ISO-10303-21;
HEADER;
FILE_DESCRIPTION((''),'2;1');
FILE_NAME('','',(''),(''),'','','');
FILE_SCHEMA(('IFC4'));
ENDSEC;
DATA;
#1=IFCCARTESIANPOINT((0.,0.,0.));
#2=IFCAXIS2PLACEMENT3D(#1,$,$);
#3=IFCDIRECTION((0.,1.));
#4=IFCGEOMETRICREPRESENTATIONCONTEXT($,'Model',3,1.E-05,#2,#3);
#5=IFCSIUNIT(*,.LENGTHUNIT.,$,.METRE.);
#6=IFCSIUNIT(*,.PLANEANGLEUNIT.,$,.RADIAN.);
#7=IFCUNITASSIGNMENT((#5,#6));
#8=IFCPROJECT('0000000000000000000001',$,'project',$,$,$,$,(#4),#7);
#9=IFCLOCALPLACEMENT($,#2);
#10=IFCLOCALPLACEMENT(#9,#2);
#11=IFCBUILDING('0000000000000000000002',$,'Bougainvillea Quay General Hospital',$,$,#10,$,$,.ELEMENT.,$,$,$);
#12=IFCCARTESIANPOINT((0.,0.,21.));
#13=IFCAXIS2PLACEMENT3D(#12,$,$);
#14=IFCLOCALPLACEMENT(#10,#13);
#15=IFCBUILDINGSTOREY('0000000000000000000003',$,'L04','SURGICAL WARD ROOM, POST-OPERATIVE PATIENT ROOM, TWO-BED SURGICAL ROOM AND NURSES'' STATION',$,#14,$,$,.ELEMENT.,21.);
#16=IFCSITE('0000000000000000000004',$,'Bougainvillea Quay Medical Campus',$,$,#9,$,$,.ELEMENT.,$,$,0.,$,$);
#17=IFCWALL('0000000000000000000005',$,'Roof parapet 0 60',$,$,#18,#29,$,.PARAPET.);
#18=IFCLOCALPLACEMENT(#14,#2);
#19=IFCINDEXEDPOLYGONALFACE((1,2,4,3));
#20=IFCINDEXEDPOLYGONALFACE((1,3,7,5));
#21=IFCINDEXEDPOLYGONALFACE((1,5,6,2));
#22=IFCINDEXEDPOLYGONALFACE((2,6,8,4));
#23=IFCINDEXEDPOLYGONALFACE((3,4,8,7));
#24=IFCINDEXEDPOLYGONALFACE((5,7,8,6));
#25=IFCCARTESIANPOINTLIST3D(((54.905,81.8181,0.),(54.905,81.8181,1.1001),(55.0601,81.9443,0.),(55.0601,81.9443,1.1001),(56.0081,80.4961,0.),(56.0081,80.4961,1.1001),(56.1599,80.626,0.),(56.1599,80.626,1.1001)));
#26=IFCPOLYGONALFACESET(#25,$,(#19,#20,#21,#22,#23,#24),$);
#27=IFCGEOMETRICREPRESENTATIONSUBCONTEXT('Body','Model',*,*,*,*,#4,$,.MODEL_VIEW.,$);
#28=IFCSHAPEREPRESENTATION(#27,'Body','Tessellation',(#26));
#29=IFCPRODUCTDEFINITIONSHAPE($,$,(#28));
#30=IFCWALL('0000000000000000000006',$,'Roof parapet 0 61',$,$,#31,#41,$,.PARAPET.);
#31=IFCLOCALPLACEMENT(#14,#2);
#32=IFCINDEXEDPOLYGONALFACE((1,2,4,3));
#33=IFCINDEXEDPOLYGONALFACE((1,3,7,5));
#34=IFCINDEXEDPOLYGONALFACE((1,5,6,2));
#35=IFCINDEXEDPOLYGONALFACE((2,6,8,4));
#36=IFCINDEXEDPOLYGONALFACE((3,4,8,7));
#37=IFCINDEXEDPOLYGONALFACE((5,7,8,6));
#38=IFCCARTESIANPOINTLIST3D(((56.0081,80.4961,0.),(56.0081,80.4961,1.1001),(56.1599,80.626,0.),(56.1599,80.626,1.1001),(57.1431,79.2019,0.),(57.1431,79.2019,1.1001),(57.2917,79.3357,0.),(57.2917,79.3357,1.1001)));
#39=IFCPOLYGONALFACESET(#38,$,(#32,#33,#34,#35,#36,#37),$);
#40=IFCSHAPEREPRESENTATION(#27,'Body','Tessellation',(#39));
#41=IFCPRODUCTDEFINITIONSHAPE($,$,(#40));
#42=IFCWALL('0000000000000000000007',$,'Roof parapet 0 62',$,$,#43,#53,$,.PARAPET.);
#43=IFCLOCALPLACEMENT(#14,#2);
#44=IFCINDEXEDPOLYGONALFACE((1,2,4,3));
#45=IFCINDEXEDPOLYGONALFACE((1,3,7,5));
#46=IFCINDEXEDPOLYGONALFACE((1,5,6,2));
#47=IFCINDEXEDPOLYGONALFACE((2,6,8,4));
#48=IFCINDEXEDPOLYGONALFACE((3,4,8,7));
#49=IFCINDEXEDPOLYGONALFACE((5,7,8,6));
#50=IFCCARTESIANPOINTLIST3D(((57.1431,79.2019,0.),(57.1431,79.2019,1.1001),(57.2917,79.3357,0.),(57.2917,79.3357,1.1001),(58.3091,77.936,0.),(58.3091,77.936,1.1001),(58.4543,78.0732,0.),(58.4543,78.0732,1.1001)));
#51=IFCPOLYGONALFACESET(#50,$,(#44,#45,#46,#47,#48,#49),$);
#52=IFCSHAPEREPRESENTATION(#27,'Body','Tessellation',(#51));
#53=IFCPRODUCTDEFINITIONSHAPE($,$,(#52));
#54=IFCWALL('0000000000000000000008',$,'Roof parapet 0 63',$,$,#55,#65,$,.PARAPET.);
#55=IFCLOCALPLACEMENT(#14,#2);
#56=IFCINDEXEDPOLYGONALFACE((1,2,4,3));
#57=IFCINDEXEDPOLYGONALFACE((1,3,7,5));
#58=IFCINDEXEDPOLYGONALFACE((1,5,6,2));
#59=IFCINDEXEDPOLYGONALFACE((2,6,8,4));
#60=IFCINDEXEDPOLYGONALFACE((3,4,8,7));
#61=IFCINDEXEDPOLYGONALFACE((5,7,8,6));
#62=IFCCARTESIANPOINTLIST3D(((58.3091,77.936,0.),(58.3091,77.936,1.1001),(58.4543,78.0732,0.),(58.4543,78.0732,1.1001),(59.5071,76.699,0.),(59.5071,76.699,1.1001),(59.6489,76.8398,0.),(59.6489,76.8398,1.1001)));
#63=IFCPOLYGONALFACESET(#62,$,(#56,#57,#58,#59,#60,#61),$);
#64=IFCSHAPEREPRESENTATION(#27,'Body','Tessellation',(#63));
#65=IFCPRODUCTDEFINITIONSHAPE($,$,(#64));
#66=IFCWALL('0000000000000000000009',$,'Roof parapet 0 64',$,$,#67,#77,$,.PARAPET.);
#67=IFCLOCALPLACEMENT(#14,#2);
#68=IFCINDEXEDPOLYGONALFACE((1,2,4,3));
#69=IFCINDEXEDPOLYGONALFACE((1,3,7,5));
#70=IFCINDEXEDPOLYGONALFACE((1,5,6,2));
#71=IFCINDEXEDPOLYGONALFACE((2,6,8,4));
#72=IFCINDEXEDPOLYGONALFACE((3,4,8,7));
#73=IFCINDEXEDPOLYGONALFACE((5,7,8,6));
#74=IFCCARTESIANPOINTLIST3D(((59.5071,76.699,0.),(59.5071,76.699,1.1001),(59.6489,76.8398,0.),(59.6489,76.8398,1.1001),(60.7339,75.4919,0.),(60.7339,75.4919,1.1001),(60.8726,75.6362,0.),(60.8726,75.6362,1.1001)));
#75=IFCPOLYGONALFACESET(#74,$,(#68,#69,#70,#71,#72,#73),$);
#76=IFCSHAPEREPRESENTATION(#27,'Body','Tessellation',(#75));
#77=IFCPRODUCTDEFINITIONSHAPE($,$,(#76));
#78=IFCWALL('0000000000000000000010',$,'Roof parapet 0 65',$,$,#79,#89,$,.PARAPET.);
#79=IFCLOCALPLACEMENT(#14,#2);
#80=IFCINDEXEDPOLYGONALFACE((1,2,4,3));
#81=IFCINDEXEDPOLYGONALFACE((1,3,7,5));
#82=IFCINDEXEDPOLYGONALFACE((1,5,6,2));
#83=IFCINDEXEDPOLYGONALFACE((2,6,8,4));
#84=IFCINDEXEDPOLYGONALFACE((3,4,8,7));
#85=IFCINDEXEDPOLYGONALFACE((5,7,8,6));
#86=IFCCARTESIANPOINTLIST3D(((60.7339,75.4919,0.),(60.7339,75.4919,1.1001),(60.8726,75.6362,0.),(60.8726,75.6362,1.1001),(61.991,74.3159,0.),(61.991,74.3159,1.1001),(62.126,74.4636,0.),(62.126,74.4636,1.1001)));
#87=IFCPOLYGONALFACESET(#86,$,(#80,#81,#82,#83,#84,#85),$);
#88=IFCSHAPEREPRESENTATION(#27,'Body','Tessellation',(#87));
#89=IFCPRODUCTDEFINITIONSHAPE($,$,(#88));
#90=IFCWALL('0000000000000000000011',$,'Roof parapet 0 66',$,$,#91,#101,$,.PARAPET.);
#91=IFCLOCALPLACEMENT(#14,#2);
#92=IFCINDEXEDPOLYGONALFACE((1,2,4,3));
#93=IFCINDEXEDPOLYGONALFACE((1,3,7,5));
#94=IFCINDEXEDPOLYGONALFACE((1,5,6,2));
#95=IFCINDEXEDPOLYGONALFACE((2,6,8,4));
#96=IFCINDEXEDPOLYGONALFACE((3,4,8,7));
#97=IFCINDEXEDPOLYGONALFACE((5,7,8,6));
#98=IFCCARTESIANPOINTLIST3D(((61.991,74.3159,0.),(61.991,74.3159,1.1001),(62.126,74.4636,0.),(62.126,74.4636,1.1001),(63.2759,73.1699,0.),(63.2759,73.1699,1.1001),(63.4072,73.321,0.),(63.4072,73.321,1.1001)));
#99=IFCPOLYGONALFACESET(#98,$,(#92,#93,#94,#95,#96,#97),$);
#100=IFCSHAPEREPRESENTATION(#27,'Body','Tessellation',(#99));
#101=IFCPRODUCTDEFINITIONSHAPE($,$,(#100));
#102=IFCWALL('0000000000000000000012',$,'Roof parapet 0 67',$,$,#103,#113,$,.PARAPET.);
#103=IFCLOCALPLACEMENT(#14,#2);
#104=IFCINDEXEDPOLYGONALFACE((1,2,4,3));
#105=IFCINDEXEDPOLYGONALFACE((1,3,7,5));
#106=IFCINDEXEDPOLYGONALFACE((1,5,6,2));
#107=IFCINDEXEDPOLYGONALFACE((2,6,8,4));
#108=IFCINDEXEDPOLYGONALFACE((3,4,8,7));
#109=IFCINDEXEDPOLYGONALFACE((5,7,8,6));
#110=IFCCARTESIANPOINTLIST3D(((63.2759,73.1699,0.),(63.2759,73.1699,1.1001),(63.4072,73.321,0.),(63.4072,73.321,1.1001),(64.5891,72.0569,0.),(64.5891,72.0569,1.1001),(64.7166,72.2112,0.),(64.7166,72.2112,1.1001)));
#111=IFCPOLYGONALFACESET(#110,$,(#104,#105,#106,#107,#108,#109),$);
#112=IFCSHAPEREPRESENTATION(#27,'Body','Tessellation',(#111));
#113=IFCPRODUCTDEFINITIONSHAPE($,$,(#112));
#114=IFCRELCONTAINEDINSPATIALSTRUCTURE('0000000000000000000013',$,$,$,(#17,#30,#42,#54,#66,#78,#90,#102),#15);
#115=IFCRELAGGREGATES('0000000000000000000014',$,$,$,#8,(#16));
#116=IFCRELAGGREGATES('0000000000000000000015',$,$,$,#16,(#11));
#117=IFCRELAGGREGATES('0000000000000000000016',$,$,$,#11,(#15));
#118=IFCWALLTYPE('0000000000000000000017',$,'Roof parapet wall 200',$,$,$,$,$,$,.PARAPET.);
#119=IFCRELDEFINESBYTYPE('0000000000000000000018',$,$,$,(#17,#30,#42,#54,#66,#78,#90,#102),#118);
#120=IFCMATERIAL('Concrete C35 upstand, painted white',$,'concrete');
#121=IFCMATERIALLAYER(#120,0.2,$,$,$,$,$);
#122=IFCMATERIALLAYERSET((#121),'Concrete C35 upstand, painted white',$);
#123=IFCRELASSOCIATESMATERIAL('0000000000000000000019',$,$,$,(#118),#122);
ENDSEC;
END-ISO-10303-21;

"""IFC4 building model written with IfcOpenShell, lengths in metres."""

from ifc_helpers import new_model, si_unit, direction, frame, origin, place, context, subcontext, project, spatial, polyline, outline, extrude, material, layer, layer_set, type_object, element, save


model = new_model("IFC4")

# Units and contexts
model_context = context("Model", 3, precision=1e-05, world=origin(), true_north=direction((0.0, 1.0)))
body_context = subcontext(model_context, "Body", "Model", "MODEL_VIEW")
ifc_project = project(units=[si_unit("LENGTHUNIT", "METRE"), si_unit("PLANEANGLEUNIT", "RADIAN")], contexts=[model_context])

# Site, building, storey
site_placement = place(None, origin())
site = spatial("IfcSite", under=ifc_project, at=site_placement, Name="Bougainvillea Quay Medical Campus", CompositionType="ELEMENT", RefElevation=0.0)
building_placement = place(site_placement, origin())
building = spatial("IfcBuilding", under=site, at=building_placement, Name="Bougainvillea Quay General Hospital", CompositionType="ELEMENT")
storey_placement = place(building_placement, frame((0.0, 0.0, 21.0)))
storey = spatial("IfcBuildingStorey", under=building, at=storey_placement, Name="L04", Description="SURGICAL WARD ROOM, POST-OPERATIVE PATIENT ROOM, TWO-BED SURGICAL ROOM AND NURSES' STATION", CompositionType="ELEMENT", Elevation=21.0)

# Walls
ifc_material = material(Name="Concrete C35 upstand, painted white", Category="concrete")
ifc_layer = layer(ifc_material, 0.2)
ifc_layer_set = layer_set([ifc_layer], Name="Concrete C35 upstand, painted white")
wall_type = type_object("IfcWallType", Name="Roof parapet wall 200", PredefinedType="PARAPET", material=ifc_layer_set)
wall_1_placement = place(storey_placement, origin())
element("IfcWall", 1, at=wall_1_placement, inside=storey, type_object=wall_type, Name="Roof parapet 0 60", PredefinedType="PARAPET", context=body_context, shape_type="SweptSolid", body=[
    extrude(outline(polyline([(56.1599, 80.626), (56.0081, 80.4961), (54.905, 81.8181), (55.0601, 81.9443), (56.1599, 80.626)])), origin(), (0.0, 0.0, 1.0), 1.1001),
])
wall_2_placement = place(storey_placement, origin())
element("IfcWall", 2, at=wall_2_placement, inside=storey, type_object=wall_type, Name="Roof parapet 0 61", PredefinedType="PARAPET", context=body_context, shape_type="SweptSolid", body=[
    extrude(outline(polyline([(57.2917, 79.3357), (57.1431, 79.2019), (56.0081, 80.4961), (56.1599, 80.626), (57.2917, 79.3357)])), origin(), (0.0, 0.0, 1.0), 1.1001),
])
wall_3_placement = place(storey_placement, origin())
element("IfcWall", 3, at=wall_3_placement, inside=storey, type_object=wall_type, Name="Roof parapet 0 62", PredefinedType="PARAPET", context=body_context, shape_type="SweptSolid", body=[
    extrude(outline(polyline([(58.4543, 78.0732), (58.3091, 77.936), (57.1431, 79.2019), (57.2917, 79.3357), (58.4543, 78.0732)])), origin(), (0.0, 0.0, 1.0), 1.1001),
])
wall_4_placement = place(storey_placement, origin())
element("IfcWall", 4, at=wall_4_placement, inside=storey, type_object=wall_type, Name="Roof parapet 0 63", PredefinedType="PARAPET", context=body_context, shape_type="SweptSolid", body=[
    extrude(outline(polyline([(59.6489, 76.8398), (59.5071, 76.699), (58.3091, 77.936), (58.4543, 78.0732), (59.6489, 76.8398)])), origin(), (0.0, 0.0, 1.0), 1.1001),
])
wall_5_placement = place(storey_placement, origin())
element("IfcWall", 5, at=wall_5_placement, inside=storey, type_object=wall_type, Name="Roof parapet 0 64", PredefinedType="PARAPET", context=body_context, shape_type="SweptSolid", body=[
    extrude(outline(polyline([(60.8726, 75.6362), (60.7339, 75.4919), (59.5071, 76.699), (59.6489, 76.8398), (60.8726, 75.6362)])), origin(), (0.0, 0.0, 1.0), 1.1001),
])
wall_6_placement = place(storey_placement, origin())
element("IfcWall", 6, at=wall_6_placement, inside=storey, type_object=wall_type, Name="Roof parapet 0 65", PredefinedType="PARAPET", context=body_context, shape_type="SweptSolid", body=[
    extrude(outline(polyline([(62.126, 74.4636), (61.991, 74.3159), (60.7339, 75.4919), (60.8726, 75.6362), (62.126, 74.4636)])), origin(), (0.0, 0.0, 1.0), 1.1001),
])
wall_7_placement = place(storey_placement, origin())
element("IfcWall", 7, at=wall_7_placement, inside=storey, type_object=wall_type, Name="Roof parapet 0 66", PredefinedType="PARAPET", context=body_context, shape_type="SweptSolid", body=[
    extrude(outline(polyline([(63.4072, 73.321), (63.2759, 73.1699), (61.991, 74.3159), (62.126, 74.4636), (63.4072, 73.321)])), origin(), (0.0, 0.0, 1.0), 1.1001),
])
wall_8_placement = place(storey_placement, origin())
element("IfcWall", 8, at=wall_8_placement, inside=storey, type_object=wall_type, Name="Roof parapet 0 67", PredefinedType="PARAPET", context=body_context, shape_type="SweptSolid", body=[
    extrude(outline(polyline([(64.7166, 72.2112), (64.5891, 72.0569), (63.2759, 73.1699), (63.4072, 73.321), (64.7166, 72.2112)])), origin(), (0.0, 0.0, 1.0), 1.1001),
])

save(model, "model.ifc")
